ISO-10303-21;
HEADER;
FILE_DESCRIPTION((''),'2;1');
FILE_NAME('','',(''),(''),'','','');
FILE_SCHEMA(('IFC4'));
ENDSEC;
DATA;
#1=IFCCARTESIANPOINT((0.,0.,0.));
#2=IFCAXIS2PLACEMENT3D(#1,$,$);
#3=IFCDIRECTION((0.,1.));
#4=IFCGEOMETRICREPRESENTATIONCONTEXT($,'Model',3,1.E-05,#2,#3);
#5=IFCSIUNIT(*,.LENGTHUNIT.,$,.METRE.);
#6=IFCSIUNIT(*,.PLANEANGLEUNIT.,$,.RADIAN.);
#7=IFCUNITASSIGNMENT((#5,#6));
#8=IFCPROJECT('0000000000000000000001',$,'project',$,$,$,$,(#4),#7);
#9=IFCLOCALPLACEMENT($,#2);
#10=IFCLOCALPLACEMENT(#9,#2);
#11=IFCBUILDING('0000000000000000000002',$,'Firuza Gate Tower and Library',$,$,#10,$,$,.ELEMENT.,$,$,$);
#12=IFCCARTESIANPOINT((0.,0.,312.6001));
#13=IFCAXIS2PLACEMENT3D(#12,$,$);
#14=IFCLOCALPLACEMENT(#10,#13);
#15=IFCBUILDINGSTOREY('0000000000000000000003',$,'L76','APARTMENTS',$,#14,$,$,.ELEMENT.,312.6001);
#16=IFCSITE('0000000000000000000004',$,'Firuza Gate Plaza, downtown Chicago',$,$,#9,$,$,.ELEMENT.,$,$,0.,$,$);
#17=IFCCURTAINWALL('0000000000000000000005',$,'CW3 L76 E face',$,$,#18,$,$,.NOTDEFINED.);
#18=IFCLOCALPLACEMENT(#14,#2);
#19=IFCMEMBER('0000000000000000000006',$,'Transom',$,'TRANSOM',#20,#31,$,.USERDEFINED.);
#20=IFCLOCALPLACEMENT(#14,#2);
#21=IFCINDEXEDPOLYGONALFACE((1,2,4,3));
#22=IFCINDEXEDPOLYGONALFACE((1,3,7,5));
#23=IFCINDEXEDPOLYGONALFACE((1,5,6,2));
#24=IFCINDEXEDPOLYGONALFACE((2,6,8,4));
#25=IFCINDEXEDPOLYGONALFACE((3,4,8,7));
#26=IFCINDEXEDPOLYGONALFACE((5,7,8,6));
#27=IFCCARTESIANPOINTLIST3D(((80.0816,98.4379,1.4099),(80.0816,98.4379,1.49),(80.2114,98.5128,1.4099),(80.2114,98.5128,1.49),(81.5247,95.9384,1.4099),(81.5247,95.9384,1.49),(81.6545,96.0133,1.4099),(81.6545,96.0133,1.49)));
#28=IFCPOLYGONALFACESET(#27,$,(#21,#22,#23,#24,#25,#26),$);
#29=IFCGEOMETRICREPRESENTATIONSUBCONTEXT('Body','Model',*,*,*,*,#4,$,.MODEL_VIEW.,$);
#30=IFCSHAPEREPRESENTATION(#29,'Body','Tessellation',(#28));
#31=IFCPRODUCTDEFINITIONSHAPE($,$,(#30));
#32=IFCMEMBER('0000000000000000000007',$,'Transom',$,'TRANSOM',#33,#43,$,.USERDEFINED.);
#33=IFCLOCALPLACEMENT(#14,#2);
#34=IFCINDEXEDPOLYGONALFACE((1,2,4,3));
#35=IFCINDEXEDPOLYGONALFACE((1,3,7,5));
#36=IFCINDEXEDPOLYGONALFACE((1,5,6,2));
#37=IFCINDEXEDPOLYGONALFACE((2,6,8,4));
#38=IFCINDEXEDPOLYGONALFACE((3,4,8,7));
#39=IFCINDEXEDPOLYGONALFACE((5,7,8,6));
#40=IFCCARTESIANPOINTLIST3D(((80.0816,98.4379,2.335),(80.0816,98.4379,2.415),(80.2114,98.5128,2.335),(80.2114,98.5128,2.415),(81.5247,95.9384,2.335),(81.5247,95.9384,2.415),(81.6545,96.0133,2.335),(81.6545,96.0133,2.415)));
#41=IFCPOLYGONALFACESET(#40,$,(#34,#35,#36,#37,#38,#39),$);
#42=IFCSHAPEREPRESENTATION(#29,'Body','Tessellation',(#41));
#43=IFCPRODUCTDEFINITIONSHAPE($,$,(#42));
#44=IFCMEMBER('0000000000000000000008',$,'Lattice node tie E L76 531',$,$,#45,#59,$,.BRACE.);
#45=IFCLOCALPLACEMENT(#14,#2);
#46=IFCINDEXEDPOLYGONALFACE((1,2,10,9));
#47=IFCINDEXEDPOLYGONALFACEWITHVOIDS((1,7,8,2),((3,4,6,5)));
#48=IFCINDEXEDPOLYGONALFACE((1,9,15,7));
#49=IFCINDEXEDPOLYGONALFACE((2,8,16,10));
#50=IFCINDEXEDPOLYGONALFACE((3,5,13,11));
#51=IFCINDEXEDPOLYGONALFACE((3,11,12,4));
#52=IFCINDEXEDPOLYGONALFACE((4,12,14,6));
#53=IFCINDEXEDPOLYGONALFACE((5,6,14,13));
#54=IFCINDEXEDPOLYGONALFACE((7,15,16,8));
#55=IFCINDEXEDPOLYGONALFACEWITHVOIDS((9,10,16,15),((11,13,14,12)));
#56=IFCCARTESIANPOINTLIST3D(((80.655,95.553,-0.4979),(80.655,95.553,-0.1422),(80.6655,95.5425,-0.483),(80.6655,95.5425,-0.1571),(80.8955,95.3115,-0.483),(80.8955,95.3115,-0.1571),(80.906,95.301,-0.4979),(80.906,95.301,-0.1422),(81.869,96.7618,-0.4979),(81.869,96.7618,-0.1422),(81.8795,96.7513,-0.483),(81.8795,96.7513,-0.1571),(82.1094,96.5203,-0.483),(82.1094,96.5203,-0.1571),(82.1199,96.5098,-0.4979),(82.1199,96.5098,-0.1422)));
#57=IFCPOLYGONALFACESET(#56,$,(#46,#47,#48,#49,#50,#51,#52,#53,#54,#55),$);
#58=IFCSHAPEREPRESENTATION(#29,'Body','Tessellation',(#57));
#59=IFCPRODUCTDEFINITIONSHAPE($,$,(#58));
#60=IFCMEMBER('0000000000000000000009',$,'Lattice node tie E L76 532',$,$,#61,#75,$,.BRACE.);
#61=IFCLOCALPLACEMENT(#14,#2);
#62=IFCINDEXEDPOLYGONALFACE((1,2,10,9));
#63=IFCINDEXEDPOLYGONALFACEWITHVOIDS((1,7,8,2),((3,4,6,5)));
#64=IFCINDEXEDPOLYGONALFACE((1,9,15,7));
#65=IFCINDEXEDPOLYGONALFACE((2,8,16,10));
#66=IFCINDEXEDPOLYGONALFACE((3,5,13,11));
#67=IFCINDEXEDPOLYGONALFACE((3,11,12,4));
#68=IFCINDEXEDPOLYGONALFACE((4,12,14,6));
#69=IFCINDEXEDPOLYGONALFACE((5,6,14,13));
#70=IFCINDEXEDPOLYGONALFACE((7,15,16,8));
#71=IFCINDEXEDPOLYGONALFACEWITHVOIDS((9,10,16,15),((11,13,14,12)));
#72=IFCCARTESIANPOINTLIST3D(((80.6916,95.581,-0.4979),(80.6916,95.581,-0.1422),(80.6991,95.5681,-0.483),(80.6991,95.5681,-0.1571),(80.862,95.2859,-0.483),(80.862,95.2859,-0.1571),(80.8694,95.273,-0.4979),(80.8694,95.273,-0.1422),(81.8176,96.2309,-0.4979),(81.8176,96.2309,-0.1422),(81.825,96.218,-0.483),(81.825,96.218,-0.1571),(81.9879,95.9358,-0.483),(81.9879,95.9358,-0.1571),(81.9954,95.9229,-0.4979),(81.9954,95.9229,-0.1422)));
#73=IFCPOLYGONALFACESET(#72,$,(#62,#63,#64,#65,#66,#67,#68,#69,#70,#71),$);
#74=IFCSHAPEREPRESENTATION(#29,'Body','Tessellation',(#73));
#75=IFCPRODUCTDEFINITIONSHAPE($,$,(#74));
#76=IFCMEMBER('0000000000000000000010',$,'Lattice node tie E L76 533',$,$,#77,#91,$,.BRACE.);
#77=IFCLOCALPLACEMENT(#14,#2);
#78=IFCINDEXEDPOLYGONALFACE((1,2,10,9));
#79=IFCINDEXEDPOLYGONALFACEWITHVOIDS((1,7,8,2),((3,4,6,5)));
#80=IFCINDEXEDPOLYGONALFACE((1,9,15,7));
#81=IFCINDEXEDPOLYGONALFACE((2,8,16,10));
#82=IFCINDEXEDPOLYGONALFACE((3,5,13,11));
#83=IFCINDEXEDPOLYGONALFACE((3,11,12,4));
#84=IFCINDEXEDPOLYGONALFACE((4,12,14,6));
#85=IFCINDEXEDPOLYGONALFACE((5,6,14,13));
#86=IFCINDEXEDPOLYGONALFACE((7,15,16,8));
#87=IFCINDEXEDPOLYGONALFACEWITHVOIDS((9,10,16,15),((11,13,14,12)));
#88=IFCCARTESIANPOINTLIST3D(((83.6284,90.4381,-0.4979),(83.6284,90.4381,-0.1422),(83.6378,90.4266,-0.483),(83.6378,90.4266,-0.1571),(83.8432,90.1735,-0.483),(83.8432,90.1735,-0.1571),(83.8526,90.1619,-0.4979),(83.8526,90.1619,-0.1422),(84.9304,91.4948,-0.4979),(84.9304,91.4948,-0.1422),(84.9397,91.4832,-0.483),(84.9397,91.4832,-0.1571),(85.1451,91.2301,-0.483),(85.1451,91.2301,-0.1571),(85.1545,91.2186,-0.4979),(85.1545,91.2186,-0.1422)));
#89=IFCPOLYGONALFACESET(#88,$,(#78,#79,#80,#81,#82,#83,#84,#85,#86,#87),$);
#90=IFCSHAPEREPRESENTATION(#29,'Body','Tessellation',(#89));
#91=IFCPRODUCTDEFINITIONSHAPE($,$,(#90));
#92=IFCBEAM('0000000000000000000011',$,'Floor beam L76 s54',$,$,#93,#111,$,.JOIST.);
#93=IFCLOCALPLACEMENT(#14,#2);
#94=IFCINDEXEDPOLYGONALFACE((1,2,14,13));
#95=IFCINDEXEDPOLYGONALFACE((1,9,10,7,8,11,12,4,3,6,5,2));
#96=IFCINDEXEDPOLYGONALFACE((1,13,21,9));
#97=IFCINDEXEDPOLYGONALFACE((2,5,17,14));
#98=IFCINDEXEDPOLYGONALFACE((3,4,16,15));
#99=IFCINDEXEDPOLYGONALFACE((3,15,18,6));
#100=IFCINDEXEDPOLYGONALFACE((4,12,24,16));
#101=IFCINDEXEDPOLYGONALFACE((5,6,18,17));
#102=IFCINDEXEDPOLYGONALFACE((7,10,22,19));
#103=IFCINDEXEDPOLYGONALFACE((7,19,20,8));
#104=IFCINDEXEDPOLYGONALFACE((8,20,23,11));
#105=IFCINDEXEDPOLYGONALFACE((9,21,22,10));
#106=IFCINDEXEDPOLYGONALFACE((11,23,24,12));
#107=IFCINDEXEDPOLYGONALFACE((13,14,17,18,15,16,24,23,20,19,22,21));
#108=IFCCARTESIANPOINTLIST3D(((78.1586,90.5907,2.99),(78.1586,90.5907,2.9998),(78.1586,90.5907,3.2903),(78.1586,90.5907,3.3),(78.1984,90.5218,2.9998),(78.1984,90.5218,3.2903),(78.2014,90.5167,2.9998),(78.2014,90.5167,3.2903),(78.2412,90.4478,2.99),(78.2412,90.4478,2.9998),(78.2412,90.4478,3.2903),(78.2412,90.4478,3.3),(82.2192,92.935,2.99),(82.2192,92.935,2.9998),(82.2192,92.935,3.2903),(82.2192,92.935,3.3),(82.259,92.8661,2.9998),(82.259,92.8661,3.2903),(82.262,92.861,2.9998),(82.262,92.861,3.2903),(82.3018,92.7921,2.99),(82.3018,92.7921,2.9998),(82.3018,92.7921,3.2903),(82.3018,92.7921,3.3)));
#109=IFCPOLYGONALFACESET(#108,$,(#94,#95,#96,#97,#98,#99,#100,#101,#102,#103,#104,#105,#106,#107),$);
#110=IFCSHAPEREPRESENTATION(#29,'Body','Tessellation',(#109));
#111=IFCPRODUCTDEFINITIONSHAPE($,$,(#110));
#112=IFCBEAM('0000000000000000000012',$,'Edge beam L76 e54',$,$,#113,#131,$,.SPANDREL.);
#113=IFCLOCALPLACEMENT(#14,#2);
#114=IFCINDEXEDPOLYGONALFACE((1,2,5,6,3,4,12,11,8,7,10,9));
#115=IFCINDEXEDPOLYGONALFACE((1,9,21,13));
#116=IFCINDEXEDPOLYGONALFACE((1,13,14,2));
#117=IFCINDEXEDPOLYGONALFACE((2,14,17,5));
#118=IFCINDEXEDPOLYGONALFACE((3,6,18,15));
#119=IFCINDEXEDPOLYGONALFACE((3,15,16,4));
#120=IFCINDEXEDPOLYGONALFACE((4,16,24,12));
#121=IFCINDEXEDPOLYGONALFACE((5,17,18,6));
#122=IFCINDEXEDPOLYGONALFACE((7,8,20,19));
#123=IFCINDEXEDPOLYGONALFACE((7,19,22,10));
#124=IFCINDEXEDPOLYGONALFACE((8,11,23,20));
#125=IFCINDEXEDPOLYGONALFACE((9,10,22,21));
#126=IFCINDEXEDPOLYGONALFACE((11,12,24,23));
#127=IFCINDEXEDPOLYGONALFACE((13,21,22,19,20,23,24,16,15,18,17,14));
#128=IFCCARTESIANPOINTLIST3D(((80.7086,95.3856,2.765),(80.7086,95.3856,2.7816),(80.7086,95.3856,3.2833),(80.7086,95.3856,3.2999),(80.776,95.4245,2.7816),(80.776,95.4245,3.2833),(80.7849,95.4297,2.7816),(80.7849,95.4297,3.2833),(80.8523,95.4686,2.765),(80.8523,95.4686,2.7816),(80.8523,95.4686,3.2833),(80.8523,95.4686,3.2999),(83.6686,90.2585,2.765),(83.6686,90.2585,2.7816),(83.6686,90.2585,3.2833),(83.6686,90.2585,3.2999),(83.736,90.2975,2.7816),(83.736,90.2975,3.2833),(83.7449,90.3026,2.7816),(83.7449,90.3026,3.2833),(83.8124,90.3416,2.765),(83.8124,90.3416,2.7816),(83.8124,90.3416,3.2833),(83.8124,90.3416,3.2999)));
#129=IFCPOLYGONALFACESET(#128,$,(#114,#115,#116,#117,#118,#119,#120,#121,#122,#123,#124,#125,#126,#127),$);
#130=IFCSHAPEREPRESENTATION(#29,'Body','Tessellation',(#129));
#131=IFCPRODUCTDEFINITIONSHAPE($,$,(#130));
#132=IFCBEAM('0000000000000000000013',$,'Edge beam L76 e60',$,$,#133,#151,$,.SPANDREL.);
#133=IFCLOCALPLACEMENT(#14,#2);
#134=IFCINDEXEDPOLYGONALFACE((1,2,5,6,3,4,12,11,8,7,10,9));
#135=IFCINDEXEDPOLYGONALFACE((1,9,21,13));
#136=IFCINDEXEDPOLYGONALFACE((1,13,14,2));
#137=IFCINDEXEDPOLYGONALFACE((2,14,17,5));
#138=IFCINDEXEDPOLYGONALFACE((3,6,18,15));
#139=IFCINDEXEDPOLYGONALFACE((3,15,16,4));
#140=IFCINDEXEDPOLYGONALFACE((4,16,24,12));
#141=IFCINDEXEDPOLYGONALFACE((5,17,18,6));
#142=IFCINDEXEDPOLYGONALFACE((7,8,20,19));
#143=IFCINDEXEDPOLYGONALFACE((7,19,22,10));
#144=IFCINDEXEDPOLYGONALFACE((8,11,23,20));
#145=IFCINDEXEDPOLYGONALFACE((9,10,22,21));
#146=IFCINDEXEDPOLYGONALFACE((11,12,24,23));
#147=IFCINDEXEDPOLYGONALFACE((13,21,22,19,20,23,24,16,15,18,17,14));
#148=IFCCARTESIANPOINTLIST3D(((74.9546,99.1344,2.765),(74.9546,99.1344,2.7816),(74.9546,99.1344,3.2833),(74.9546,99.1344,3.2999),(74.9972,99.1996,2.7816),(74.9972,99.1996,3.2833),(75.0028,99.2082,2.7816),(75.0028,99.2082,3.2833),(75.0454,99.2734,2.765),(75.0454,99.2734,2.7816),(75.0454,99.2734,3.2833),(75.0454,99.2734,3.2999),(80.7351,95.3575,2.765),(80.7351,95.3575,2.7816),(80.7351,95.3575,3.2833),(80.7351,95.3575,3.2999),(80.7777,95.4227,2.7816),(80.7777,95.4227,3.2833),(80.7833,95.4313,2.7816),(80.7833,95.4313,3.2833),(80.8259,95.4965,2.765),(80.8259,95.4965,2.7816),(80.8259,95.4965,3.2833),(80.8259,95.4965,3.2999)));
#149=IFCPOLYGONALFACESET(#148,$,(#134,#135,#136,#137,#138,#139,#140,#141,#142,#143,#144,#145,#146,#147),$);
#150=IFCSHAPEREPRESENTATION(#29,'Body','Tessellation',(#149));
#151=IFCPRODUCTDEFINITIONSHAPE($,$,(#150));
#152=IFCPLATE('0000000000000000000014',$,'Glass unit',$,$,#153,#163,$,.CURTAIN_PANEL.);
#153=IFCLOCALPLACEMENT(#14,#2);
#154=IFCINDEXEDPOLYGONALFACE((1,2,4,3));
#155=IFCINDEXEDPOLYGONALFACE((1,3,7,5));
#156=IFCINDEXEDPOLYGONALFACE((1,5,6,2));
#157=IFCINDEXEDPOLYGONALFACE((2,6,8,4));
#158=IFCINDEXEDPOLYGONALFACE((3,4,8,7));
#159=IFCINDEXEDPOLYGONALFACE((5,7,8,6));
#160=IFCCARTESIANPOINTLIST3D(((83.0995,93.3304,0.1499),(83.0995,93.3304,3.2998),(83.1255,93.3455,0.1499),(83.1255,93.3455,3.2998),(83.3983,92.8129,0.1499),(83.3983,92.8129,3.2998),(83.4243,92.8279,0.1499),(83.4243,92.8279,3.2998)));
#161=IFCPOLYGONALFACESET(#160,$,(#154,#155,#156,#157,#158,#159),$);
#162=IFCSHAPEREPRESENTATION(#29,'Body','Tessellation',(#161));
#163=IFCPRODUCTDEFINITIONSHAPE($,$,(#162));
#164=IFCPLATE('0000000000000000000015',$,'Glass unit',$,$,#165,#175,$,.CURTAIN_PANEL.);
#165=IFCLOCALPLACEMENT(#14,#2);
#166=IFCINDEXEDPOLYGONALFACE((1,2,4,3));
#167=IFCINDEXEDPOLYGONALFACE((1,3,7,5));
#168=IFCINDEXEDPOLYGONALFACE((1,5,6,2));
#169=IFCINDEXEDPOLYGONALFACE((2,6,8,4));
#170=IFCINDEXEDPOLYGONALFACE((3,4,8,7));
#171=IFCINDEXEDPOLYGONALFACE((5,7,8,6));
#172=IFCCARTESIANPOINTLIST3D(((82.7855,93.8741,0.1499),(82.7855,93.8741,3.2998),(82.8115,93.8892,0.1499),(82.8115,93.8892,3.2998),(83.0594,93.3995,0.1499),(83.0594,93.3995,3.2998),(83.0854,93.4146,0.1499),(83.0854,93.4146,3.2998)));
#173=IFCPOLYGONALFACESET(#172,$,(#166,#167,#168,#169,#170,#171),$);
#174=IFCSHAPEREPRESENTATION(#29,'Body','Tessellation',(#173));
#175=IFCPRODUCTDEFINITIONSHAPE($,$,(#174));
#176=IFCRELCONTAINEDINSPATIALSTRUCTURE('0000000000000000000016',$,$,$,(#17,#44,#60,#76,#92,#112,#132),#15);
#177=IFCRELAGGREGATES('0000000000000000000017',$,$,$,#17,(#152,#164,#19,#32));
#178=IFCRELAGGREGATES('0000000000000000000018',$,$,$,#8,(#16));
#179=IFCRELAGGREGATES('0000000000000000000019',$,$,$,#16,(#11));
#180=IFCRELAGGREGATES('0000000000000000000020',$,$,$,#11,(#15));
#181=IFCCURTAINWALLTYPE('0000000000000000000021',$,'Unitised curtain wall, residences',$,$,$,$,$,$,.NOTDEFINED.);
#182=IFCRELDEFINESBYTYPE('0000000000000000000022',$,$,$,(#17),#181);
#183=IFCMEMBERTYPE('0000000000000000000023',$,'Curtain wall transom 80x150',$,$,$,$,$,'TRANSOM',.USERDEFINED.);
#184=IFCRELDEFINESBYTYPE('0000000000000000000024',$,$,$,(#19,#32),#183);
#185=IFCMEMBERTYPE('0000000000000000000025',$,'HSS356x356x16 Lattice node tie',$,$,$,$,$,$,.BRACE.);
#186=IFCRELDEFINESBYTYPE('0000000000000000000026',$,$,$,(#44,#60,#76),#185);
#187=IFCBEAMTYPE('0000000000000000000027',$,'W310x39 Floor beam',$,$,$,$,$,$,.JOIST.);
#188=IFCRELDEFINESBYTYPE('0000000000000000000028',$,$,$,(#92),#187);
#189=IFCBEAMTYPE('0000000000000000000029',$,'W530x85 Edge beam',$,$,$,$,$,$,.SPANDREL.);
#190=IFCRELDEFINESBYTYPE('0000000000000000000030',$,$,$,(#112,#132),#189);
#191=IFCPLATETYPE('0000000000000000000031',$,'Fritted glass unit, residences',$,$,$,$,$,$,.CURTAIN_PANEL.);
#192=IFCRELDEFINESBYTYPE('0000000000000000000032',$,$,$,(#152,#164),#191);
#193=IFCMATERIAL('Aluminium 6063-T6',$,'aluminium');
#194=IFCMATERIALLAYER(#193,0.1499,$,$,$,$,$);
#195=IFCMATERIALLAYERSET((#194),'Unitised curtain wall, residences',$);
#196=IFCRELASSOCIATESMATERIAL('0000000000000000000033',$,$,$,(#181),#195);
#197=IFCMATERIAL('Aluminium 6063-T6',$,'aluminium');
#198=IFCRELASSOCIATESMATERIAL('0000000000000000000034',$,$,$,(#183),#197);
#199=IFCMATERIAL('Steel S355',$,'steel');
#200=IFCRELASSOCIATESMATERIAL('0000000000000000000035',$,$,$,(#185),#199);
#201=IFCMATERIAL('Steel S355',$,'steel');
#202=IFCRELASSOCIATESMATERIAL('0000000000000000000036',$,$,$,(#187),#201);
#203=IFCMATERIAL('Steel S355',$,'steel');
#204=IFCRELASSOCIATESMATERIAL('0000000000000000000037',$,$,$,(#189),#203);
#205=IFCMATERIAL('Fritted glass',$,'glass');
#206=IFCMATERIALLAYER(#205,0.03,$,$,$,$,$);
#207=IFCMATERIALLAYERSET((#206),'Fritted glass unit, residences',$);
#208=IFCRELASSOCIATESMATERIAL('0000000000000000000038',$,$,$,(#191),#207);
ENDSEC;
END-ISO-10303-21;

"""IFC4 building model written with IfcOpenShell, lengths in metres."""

from ifc_helpers import new_model, si_unit, direction, frame, origin, origin_2d, place, context, subcontext, project, spatial, polyline, rectangle, hollow_rectangle, i_section, outline, extrude, material, layer, layer_set, material_profile, profile_set, type_object, element, aggregate, save


model = new_model("IFC4")

# Units and contexts
model_context = context("Model", 3, precision=1e-05, world=origin(), true_north=direction((0.0, 1.0)))
body_context = subcontext(model_context, "Body", "Model", "MODEL_VIEW")
ifc_project = project(units=[si_unit("LENGTHUNIT", "METRE"), si_unit("PLANEANGLEUNIT", "RADIAN")], contexts=[model_context])

# Site, building, storey
site_placement = place(None, origin())
site = spatial("IfcSite", under=ifc_project, at=site_placement, Name="Firuza Gate Plaza, downtown Chicago", CompositionType="ELEMENT", RefElevation=0.0)
building_placement = place(site_placement, origin())
building = spatial("IfcBuilding", under=site, at=building_placement, Name="Firuza Gate Tower and Library", CompositionType="ELEMENT")
storey_placement = place(building_placement, frame((0.0, 0.0, 312.6001)))
storey = spatial("IfcBuildingStorey", under=building, at=storey_placement, Name="L76", Description="APARTMENTS", CompositionType="ELEMENT", Elevation=312.6001)

# Curtain wall, members
ifc_material_1 = material(Name="Aluminium 6063-T6", Category="aluminium")
ifc_layer_1 = layer(ifc_material_1, 0.1499)
ifc_layer_set_1 = layer_set([ifc_layer_1], Name="Unitised curtain wall, residences")
curtain_wall_type = type_object("IfcCurtainWallType", Name="Unitised curtain wall, residences", PredefinedType="NOTDEFINED", material=ifc_layer_set_1)
curtain_wall_placement = place(storey_placement, origin())
curtain_wall = element("IfcCurtainWall", 1, at=curtain_wall_placement, inside=storey, type_object=curtain_wall_type, Name="CW3 L76 E face", PredefinedType="NOTDEFINED")
ifc_material_2 = material(Name="Aluminium 6063-T6", Category="aluminium")
ifc_material_profile_1 = material_profile(ifc_material_2, rectangle(XDim=0.1499, YDim=0.0801, at=origin_2d()))
ifc_profile_set_1 = profile_set([ifc_material_profile_1], Name="Aluminium 6063-T6")
member_type_1 = type_object("IfcMemberType", Name="Curtain wall transom 80x150", ElementType="TRANSOM", PredefinedType="USERDEFINED", material=ifc_profile_set_1)
member_1_placement = place(storey_placement, frame((81.5896, 95.9758, 1.45), z_axis=(-0.500006, 0.866022, 0.0), x_axis=(-0.866022, -0.500006, 0.0)))
member_1 = element("IfcMember", 2, at=member_1_placement, type_object=member_type_1, Name="Transom", ObjectType="TRANSOM", PredefinedType="USERDEFINED", context=body_context, shape_type="SweptSolid", body=[
    extrude(rectangle(XDim=0.1499, YDim=0.0801, at=origin_2d()), origin(), (0.0, 0.0, 1.0), 2.8862),
])
member_2_placement = place(storey_placement, frame((81.5896, 95.9758, 2.375), z_axis=(-0.500006, 0.866022, 0.0), x_axis=(-0.866022, -0.500006, 0.0)))
member_2 = element("IfcMember", 3, at=member_2_placement, type_object=member_type_1, Name="Transom", ObjectType="TRANSOM", PredefinedType="USERDEFINED", context=body_context, shape_type="SweptSolid", body=[
    extrude(rectangle(XDim=0.1499, YDim=0.0801, at=origin_2d()), origin(), (0.0, 0.0, 1.0), 2.8862),
])

# Members
ifc_material_3 = material(Name="Steel S355", Category="steel")
ifc_material_profile_2 = material_profile(ifc_material_3, hollow_rectangle(XDim=0.3557, YDim=0.3557, WallThickness=0.0149, at=origin_2d()))
ifc_profile_set_2 = profile_set([ifc_material_profile_2], Name="Steel S355")
member_type_2 = type_object("IfcMemberType", Name="HSS356x356x16 Lattice node tie", PredefinedType="BRACE", material=ifc_profile_set_2)
member_3_placement = place(storey_placement, frame((80.7805, 95.427, -0.3201), z_axis=(0.708602, 0.705609, 0.0), x_axis=(-0.705609, 0.708602, 0.0)))
element("IfcMember", 4, at=member_3_placement, inside=storey, type_object=member_type_2, Name="Lattice node tie E L76 531", PredefinedType="BRACE", context=body_context, shape_type="SweptSolid", body=[
    extrude(hollow_rectangle(XDim=0.3557, YDim=0.3557, WallThickness=0.0149, at=origin_2d()), origin(), (0.0, 0.0, 1.0), 1.7131),
])
member_4_placement = place(storey_placement, frame((80.7805, 95.427, -0.3201), z_axis=(0.866086, 0.499896, 0.0), x_axis=(-0.499896, 0.866086, 0.0)))
element("IfcMember", 5, at=member_4_placement, inside=storey, type_object=member_type_2, Name="Lattice node tie E L76 532", PredefinedType="BRACE", context=body_context, shape_type="SweptSolid", body=[
    extrude(hollow_rectangle(XDim=0.3557, YDim=0.3557, WallThickness=0.0149, at=origin_2d()), origin(), (0.0, 0.0, 1.0), 1.3),
])
member_5_placement = place(storey_placement, frame((83.7405, 90.3, -0.3201), z_axis=(0.776475, 0.630149, 0.0), x_axis=(-0.630149, 0.776475, 0.0)))
element("IfcMember", 6, at=member_5_placement, inside=storey, type_object=member_type_2, Name="Lattice node tie E L76 533", PredefinedType="BRACE", context=body_context, shape_type="SweptSolid", body=[
    extrude(hollow_rectangle(XDim=0.3557, YDim=0.3557, WallThickness=0.0149, at=origin_2d()), origin(), (0.0, 0.0, 1.0), 1.6768),
])

# Beams
ifc_material_4 = material(Name="Steel S355", Category="steel")
ifc_material_profile_3 = material_profile(ifc_material_4, i_section(OverallWidth=0.165, OverallDepth=0.3101, WebThickness=0.0059, FlangeThickness=0.0098, at=origin_2d()))
ifc_profile_set_3 = profile_set([ifc_material_profile_3], Name="Steel S355")
beam_type_1 = type_object("IfcBeamType", Name="W310x39 Floor beam", PredefinedType="JOIST", material=ifc_profile_set_3)
beam_1_placement = place(storey_placement, frame((82.2605, 92.8635, 3.145), z_axis=(-0.866036, -0.499981, 0.0), x_axis=(0.499981, -0.866036, 0.0)))
element("IfcBeam", 7, at=beam_1_placement, inside=storey, type_object=beam_type_1, Name="Floor beam L76 s54", PredefinedType="JOIST", context=body_context, shape_type="SweptSolid", body=[
    extrude(i_section(OverallWidth=0.165, OverallDepth=0.3101, WebThickness=0.0059, FlangeThickness=0.0098, at=origin_2d()), origin(), (0.0, 0.0, 1.0), 4.6887),
])
ifc_material_5 = material(Name="Steel S355", Category="steel")
ifc_material_profile_4 = material_profile(ifc_material_5, i_section(OverallWidth=0.166, OverallDepth=0.5349, WebThickness=0.0103, FlangeThickness=0.0166, at=origin_2d()))
ifc_profile_set_4 = profile_set([ifc_material_profile_4], Name="Steel S355")
beam_type_2 = type_object("IfcBeamType", Name="W530x85 Edge beam", PredefinedType="SPANDREL", material=ifc_profile_set_4)
beam_2_placement = place(storey_placement, frame((83.7405, 90.3, 3.0325), z_axis=(-0.499989, 0.866032, 0.0), x_axis=(-0.866032, -0.499989, 0.0)))
element("IfcBeam", 8, at=beam_2_placement, inside=storey, type_object=beam_type_2, Name="Edge beam L76 e54", PredefinedType="SPANDREL", context=body_context, shape_type="SweptSolid", body=[
    extrude(i_section(OverallWidth=0.166, OverallDepth=0.5349, WebThickness=0.0103, FlangeThickness=0.0166, at=origin_2d()), origin(), (0.0, 0.0, 1.0), 5.9202),
])
beam_3_placement = place(storey_placement, frame((80.7805, 95.427, 3.0325), z_axis=(-0.83715, 0.546974, 0.0), x_axis=(-0.546974, -0.83715, 0.0)))
element("IfcBeam", 9, at=beam_3_placement, inside=storey, type_object=beam_type_2, Name="Edge beam L76 e60", PredefinedType="SPANDREL", context=body_context, shape_type="SweptSolid", body=[
    extrude(i_section(OverallWidth=0.166, OverallDepth=0.5349, WebThickness=0.0103, FlangeThickness=0.0166, at=origin_2d()), origin(), (0.0, 0.0, 1.0), 6.905),
])

# Plates
ifc_material_6 = material(Name="Fritted glass", Category="glass")
ifc_layer_2 = layer(ifc_material_6, 0.03)
ifc_layer_set_2 = layer_set([ifc_layer_2], Name="Fritted glass unit, residences")
plate_type_1 = type_object("IfcPlateType", Name="Fritted glass unit, residences", PredefinedType="CURTAIN_PANEL", material=ifc_layer_set_2)
plate_1_placement = place(storey_placement, frame((83.4243, 92.8279, 0.1499), z_axis=(0.866022, 0.500005, 0.0), x_axis=(-0.500005, 0.866022, 0.0)))
plate_1 = element("IfcPlate", 10, at=plate_1_placement, type_object=plate_type_1, Name="Glass unit", PredefinedType="CURTAIN_PANEL", context=body_context, shape_type="SweptSolid", body=[
    extrude(outline(polyline([(0.0, 0.0), (0.5976, 0.0), (0.5976, 3.1499), (0.0, 3.1499), (0.0, 0.0)])), origin(), (0.0, 0.0, -1.0), 0.03),
])
plate_2_placement = place(storey_placement, frame((83.0854, 93.4146, 0.1499), z_axis=(0.866097, 0.499877, 0.0), x_axis=(-0.499877, 0.866097, 0.0)))
plate_2 = element("IfcPlate", 11, at=plate_2_placement, type_object=plate_type_1, Name="Glass unit", PredefinedType="CURTAIN_PANEL", context=body_context, shape_type="SweptSolid", body=[
    extrude(outline(polyline([(0.0, 0.0), (0.548, 0.0), (0.548, 3.1499), (0.0, 3.1499), (0.0, 0.0)])), origin(), (0.0, 0.0, -1.0), 0.03),
])
aggregate(curtain_wall, [plate_1, plate_2, member_1, member_2])

save(model, "model.ifc")
